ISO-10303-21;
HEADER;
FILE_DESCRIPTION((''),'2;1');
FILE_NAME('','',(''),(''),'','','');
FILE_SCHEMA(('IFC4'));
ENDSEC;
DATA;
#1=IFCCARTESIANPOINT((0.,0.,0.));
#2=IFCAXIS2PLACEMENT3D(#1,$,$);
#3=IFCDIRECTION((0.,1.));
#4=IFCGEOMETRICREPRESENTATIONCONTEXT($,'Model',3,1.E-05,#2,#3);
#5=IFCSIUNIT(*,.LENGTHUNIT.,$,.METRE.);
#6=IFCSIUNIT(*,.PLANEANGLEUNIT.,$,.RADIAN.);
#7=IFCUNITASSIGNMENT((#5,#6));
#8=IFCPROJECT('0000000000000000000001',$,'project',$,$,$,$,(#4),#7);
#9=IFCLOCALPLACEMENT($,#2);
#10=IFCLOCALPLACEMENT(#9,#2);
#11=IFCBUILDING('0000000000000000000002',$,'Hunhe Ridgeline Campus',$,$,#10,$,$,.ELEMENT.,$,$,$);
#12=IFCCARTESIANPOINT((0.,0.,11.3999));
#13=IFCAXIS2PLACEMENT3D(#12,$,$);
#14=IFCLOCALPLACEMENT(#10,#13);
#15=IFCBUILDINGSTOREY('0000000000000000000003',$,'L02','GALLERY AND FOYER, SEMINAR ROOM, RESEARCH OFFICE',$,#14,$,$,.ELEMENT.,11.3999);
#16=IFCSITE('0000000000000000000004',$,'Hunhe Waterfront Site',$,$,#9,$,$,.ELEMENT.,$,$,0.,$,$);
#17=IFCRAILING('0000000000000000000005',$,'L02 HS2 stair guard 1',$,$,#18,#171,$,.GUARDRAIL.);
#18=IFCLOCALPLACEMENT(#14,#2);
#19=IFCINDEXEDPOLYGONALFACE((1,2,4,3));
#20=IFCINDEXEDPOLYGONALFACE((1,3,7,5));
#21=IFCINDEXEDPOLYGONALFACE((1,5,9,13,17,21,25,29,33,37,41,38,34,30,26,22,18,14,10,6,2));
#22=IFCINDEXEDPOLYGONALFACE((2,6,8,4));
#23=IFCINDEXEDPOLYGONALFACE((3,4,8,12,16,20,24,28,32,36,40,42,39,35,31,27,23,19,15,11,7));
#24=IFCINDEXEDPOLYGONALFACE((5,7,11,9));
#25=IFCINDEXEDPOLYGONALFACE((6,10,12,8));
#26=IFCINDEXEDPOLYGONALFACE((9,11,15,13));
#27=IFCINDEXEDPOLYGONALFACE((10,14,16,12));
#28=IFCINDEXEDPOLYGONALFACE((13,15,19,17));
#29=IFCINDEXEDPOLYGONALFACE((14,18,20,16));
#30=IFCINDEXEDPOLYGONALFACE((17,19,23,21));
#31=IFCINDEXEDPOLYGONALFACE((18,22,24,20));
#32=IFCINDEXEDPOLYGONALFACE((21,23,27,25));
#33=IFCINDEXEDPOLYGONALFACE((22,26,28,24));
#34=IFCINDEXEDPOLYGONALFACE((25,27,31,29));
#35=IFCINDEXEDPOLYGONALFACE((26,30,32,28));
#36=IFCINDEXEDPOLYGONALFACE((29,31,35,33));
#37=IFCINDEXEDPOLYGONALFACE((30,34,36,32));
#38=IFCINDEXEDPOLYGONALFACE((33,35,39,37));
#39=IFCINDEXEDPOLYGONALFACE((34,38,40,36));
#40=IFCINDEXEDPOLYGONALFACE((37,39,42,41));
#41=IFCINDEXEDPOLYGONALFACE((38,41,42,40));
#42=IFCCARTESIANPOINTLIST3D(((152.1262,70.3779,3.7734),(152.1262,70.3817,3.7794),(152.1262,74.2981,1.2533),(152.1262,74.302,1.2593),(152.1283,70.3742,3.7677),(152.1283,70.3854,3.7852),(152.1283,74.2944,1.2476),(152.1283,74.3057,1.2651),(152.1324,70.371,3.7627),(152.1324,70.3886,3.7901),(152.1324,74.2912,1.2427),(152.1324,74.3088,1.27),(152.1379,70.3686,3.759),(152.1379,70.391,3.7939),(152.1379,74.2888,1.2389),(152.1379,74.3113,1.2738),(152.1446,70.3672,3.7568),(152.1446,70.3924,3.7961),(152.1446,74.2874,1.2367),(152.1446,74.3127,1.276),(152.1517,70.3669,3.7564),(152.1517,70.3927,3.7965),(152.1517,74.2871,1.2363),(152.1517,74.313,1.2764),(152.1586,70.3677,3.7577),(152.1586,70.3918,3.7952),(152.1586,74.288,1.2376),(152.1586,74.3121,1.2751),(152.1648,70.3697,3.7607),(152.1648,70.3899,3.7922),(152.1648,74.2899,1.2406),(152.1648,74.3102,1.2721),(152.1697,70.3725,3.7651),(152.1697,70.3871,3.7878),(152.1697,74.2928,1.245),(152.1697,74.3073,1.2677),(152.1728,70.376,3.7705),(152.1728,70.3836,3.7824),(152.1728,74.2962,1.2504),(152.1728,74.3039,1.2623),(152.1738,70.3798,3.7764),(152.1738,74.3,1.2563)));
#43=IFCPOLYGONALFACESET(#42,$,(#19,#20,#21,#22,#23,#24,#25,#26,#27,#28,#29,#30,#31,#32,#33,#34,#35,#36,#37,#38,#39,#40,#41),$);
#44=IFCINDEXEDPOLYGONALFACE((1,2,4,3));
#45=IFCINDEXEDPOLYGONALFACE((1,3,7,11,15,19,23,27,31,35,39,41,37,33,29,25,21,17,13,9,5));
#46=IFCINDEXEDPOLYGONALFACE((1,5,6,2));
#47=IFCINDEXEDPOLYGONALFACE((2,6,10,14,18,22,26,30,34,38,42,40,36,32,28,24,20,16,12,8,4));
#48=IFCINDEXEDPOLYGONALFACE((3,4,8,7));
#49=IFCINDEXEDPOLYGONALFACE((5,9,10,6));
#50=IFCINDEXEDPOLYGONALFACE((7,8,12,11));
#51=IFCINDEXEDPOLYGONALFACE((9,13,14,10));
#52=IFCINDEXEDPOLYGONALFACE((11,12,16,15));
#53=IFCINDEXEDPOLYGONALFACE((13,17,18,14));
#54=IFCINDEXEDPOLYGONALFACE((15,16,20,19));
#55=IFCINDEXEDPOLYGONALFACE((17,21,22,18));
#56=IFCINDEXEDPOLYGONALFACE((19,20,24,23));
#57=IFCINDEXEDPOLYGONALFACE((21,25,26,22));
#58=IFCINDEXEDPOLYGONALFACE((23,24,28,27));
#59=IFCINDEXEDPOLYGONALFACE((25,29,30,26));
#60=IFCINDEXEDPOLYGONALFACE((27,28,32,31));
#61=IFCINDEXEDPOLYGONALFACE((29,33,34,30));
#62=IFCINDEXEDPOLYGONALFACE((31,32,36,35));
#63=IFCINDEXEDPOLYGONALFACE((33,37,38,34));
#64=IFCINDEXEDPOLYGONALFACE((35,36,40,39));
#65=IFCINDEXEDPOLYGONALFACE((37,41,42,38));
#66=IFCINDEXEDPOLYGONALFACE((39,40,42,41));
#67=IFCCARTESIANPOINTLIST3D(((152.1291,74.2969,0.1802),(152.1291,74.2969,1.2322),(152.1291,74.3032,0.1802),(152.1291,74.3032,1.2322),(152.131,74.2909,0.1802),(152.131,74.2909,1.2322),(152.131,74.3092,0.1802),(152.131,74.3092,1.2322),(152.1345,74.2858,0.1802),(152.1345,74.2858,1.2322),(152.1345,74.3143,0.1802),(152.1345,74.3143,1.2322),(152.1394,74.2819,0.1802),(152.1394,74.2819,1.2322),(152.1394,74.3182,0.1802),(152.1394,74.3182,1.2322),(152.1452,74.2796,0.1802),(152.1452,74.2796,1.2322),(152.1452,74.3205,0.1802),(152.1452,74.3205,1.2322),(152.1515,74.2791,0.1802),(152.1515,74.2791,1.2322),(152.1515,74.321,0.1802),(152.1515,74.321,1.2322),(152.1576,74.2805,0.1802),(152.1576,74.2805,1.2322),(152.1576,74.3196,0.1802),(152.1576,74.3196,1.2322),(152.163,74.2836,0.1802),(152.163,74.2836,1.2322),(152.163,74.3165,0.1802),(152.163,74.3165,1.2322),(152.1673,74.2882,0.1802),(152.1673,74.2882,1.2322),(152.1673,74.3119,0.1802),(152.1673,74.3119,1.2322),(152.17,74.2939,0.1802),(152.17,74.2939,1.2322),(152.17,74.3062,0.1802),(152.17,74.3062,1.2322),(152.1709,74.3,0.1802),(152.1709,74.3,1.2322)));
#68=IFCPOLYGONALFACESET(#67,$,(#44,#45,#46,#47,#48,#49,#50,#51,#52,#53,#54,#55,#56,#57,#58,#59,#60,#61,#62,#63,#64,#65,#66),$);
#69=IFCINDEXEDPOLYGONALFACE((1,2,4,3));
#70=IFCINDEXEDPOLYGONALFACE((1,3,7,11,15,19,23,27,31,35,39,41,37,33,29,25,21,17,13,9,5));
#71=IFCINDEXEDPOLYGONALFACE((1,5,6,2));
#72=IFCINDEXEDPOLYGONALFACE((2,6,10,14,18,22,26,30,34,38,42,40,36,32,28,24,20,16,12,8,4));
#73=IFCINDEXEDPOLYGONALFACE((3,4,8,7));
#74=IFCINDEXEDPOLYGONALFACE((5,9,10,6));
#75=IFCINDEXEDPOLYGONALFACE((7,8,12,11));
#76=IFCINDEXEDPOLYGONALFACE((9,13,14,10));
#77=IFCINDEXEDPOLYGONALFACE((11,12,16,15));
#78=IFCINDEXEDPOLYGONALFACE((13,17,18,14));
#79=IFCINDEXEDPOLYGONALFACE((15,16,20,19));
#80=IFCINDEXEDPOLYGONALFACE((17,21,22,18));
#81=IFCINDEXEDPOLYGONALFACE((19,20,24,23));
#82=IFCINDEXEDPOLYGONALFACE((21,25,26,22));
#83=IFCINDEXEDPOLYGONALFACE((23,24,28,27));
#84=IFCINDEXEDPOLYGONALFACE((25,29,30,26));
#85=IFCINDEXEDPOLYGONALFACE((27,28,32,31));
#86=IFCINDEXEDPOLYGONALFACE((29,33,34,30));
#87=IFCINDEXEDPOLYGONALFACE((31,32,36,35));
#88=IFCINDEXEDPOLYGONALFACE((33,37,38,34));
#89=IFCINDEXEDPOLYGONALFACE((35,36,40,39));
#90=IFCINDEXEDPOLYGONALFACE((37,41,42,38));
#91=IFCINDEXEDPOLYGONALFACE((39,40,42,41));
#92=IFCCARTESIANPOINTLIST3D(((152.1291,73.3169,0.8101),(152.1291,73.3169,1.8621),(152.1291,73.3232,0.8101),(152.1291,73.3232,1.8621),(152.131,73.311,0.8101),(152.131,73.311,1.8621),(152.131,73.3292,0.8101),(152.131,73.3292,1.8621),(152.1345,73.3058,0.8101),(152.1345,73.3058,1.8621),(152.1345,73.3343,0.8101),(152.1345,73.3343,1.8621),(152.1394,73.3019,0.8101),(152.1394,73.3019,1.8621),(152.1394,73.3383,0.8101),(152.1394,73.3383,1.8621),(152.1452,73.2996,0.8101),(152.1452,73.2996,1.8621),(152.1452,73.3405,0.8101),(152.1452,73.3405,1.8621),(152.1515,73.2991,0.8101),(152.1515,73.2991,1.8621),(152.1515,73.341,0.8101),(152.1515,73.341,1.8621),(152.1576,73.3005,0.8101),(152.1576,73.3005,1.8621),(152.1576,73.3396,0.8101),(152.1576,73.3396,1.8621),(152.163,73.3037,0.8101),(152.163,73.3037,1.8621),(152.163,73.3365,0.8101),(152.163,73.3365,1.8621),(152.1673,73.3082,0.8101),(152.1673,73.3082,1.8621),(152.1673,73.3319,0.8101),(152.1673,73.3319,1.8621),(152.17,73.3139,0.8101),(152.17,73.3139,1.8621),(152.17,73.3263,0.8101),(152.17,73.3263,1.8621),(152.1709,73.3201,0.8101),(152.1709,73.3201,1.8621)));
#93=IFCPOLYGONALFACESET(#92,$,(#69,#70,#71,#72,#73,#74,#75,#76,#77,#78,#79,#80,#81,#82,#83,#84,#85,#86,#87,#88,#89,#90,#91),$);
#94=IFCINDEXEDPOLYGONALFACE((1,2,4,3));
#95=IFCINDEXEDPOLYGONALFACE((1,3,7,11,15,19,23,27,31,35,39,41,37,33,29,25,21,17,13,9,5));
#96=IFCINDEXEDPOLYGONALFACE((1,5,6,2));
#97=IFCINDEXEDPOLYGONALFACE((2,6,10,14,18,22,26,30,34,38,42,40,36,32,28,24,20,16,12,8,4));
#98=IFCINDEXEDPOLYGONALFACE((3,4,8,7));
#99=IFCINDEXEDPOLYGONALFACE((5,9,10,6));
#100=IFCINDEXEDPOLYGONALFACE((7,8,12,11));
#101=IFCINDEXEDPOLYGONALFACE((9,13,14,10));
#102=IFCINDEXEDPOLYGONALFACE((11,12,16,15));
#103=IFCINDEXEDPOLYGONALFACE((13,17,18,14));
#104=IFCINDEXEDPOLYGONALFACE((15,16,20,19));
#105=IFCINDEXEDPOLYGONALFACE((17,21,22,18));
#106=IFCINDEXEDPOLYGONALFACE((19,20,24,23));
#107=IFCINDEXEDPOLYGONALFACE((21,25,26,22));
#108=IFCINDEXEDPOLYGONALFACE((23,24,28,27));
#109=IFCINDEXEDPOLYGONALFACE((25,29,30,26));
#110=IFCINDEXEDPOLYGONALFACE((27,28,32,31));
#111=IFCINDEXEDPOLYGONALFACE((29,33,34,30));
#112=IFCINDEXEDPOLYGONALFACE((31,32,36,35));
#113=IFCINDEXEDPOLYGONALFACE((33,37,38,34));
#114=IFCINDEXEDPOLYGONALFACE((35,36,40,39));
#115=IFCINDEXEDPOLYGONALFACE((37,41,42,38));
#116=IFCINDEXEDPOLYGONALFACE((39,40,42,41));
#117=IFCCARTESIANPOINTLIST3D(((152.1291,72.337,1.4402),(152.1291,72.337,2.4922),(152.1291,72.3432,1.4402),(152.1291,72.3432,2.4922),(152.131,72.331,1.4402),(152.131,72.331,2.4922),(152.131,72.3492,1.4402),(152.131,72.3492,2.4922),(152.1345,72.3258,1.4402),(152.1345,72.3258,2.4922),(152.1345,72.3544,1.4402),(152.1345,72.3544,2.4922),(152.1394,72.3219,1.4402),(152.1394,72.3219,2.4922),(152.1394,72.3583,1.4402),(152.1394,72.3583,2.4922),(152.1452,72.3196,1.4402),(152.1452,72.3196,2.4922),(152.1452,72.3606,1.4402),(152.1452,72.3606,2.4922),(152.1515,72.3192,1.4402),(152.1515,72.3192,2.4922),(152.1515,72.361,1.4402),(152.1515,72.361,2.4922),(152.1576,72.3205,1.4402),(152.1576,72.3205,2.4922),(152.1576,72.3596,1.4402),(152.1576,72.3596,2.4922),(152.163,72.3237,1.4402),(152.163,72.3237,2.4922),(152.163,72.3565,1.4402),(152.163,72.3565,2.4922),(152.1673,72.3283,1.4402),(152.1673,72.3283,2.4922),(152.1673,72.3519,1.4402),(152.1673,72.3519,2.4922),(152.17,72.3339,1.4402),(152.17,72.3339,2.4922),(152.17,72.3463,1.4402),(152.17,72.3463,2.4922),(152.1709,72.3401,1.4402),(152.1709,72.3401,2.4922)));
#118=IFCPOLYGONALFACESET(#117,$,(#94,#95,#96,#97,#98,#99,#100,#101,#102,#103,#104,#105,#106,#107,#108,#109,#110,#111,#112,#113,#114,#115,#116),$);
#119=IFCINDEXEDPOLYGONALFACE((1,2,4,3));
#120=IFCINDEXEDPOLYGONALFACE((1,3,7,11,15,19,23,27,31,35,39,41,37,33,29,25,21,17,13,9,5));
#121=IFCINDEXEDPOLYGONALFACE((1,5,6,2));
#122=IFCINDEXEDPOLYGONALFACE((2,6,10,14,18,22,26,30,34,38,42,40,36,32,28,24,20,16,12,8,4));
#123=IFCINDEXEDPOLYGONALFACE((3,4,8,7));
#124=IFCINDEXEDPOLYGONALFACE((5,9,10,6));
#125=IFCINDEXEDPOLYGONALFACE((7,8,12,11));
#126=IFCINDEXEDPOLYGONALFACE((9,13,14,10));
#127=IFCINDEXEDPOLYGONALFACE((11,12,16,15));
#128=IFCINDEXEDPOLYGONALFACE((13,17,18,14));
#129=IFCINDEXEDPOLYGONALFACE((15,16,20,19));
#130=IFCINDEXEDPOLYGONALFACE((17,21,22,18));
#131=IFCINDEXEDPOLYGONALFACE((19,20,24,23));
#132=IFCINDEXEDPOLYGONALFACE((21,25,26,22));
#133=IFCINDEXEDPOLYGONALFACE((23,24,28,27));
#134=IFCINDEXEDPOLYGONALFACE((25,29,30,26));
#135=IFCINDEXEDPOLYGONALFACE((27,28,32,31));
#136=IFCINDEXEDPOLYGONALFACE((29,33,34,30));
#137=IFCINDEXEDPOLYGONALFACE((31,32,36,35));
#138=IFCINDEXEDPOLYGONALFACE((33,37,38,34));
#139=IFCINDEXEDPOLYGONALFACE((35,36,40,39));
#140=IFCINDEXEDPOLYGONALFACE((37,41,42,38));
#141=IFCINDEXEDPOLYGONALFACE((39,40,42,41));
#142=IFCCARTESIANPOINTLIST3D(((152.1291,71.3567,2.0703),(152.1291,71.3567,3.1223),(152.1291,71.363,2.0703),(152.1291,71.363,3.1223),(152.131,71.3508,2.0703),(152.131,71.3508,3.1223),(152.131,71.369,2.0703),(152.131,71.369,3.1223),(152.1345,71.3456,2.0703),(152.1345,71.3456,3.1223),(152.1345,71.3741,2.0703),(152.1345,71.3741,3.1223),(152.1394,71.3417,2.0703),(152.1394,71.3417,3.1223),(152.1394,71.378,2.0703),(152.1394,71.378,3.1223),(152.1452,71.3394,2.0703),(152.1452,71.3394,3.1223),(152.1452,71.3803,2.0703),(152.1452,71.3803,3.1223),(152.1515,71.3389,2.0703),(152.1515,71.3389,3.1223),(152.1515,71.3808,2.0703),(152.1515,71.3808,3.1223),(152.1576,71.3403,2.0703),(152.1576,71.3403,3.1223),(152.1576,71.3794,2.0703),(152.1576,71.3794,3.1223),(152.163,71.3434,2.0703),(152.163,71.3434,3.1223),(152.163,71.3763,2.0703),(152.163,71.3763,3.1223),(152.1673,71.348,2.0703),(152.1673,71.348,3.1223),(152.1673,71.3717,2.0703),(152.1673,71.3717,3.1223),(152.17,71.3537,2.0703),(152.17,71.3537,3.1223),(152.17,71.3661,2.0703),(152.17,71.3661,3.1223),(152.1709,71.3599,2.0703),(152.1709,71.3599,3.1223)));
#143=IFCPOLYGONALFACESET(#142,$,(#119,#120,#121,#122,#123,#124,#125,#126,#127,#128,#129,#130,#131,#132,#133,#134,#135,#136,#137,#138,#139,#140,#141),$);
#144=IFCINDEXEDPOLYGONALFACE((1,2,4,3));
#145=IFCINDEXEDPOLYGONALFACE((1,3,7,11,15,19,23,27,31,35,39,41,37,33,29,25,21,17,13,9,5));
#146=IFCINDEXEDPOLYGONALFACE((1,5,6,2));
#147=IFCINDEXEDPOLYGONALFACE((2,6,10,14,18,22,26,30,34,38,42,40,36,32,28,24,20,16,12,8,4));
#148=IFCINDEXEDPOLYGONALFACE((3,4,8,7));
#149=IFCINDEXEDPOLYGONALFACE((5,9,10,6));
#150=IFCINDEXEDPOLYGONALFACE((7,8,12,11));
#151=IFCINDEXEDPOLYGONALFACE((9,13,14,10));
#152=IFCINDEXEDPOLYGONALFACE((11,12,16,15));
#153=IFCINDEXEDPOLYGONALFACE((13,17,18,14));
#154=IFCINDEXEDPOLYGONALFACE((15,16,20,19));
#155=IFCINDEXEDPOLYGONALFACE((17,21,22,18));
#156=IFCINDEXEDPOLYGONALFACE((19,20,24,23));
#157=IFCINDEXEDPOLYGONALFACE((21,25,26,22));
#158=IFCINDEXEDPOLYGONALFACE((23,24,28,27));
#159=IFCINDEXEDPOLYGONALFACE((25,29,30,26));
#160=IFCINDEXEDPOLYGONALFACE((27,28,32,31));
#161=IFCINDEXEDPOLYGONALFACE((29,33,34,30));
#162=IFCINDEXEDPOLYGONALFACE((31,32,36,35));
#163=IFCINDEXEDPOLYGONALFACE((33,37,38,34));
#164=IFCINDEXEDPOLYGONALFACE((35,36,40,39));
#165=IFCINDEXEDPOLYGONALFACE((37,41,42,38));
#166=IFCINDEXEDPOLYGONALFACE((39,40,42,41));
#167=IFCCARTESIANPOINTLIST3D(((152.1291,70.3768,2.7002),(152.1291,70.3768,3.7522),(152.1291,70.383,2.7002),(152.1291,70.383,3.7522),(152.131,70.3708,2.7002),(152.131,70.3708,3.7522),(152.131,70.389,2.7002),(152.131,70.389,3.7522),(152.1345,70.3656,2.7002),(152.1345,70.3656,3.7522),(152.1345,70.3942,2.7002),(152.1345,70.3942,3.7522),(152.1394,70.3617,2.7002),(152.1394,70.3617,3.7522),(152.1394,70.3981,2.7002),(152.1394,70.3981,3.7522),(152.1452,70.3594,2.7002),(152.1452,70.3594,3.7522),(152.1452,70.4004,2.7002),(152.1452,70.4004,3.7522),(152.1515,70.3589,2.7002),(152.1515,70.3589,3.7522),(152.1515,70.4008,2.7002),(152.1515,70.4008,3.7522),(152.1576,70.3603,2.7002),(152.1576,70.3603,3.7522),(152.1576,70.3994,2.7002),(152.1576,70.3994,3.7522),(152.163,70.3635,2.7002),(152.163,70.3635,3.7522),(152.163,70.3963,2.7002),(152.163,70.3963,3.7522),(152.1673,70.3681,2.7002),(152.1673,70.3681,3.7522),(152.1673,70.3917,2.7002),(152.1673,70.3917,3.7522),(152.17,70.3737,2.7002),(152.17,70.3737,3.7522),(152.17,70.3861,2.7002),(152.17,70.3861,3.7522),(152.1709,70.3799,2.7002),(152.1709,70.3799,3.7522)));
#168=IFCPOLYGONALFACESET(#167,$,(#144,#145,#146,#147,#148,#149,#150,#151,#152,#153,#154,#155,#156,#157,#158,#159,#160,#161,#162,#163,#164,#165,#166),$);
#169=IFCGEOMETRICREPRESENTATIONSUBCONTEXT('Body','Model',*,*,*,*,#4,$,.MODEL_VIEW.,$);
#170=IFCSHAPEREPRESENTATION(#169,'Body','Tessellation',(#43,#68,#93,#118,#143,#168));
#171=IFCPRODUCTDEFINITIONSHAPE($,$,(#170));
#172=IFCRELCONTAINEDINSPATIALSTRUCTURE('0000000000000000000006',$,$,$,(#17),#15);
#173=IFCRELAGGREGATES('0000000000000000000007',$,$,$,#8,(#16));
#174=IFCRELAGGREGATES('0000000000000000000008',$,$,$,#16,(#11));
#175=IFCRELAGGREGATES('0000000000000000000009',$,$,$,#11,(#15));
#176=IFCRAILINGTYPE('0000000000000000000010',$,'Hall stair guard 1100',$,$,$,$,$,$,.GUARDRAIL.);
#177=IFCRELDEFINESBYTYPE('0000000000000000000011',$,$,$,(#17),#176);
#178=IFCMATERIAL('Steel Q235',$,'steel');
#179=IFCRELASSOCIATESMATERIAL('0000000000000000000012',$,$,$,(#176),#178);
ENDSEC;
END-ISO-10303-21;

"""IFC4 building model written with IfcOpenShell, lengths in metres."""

from ifc_helpers import new_model, si_unit, direction, frame, origin, origin_2d, place, context, subcontext, project, spatial, circle, extrude, material, type_object, element, save


model = new_model("IFC4")

# Units and contexts
model_context = context("Model", 3, precision=1e-05, world=origin(), true_north=direction((0.0, 1.0)))
body_context = subcontext(model_context, "Body", "Model", "MODEL_VIEW")
ifc_project = project(units=[si_unit("LENGTHUNIT", "METRE"), si_unit("PLANEANGLEUNIT", "RADIAN")], contexts=[model_context])

# Site, building, storey
site_placement = place(None, origin())
site = spatial("IfcSite", under=ifc_project, at=site_placement, Name="Hunhe Waterfront Site", CompositionType="ELEMENT", RefElevation=0.0)
building_placement = place(site_placement, origin())
building = spatial("IfcBuilding", under=site, at=building_placement, Name="Hunhe Ridgeline Campus", CompositionType="ELEMENT")
storey_placement = place(building_placement, frame((0.0, 0.0, 11.3999)))
storey = spatial("IfcBuildingStorey", under=building, at=storey_placement, Name="L02", Description="GALLERY AND FOYER, SEMINAR ROOM, RESEARCH OFFICE", CompositionType="ELEMENT", Elevation=11.3999)

# Shared definitions
ifc_material_1 = material(Name="Steel Q235", Category="steel")

# Railing
railing_type_1 = type_object("IfcRailingType", Name="Hall stair guard 1100", PredefinedType="GUARDRAIL", material=ifc_material_1)
railing_1_placement = place(storey_placement, frame((152.1499, 74.3, 0.1802)))
element("IfcRailing", 1, at=railing_1_placement, inside=storey, type_object=railing_type_1, Name="L02 HS2 stair guard 1", PredefinedType="GUARDRAIL", context=body_context, shape_type="SweptSolid", body=[
    extrude(circle(Radius=0.0239, at=origin_2d()), frame((0.0, 0.0, 1.0762), z_axis=(0.0, -0.841187, 0.540744), x_axis=(1.0, 0.0, 0.0)), (0.0, 0.0, 1.0), 4.6604),
    extrude(circle(Radius=0.021, at=origin_2d()), origin(), (0.0, 0.0, 1.0), 1.052),
    extrude(circle(Radius=0.021, at=origin_2d()), frame((0.0, -0.98, 0.6299)), (0.0, 0.0, 1.0), 1.052),
    extrude(circle(Radius=0.021, at=origin_2d()), frame((0.0, -1.96, 1.26)), (0.0, 0.0, 1.0), 1.052),
    extrude(circle(Radius=0.021, at=origin_2d()), frame((0.0, -2.9402, 1.8901)), (0.0, 0.0, 1.0), 1.052),
    extrude(circle(Radius=0.021, at=origin_2d()), frame((0.0, -3.9202, 2.52)), (0.0, 0.0, 1.0), 1.052),
])

save(model, "model.ifc")
